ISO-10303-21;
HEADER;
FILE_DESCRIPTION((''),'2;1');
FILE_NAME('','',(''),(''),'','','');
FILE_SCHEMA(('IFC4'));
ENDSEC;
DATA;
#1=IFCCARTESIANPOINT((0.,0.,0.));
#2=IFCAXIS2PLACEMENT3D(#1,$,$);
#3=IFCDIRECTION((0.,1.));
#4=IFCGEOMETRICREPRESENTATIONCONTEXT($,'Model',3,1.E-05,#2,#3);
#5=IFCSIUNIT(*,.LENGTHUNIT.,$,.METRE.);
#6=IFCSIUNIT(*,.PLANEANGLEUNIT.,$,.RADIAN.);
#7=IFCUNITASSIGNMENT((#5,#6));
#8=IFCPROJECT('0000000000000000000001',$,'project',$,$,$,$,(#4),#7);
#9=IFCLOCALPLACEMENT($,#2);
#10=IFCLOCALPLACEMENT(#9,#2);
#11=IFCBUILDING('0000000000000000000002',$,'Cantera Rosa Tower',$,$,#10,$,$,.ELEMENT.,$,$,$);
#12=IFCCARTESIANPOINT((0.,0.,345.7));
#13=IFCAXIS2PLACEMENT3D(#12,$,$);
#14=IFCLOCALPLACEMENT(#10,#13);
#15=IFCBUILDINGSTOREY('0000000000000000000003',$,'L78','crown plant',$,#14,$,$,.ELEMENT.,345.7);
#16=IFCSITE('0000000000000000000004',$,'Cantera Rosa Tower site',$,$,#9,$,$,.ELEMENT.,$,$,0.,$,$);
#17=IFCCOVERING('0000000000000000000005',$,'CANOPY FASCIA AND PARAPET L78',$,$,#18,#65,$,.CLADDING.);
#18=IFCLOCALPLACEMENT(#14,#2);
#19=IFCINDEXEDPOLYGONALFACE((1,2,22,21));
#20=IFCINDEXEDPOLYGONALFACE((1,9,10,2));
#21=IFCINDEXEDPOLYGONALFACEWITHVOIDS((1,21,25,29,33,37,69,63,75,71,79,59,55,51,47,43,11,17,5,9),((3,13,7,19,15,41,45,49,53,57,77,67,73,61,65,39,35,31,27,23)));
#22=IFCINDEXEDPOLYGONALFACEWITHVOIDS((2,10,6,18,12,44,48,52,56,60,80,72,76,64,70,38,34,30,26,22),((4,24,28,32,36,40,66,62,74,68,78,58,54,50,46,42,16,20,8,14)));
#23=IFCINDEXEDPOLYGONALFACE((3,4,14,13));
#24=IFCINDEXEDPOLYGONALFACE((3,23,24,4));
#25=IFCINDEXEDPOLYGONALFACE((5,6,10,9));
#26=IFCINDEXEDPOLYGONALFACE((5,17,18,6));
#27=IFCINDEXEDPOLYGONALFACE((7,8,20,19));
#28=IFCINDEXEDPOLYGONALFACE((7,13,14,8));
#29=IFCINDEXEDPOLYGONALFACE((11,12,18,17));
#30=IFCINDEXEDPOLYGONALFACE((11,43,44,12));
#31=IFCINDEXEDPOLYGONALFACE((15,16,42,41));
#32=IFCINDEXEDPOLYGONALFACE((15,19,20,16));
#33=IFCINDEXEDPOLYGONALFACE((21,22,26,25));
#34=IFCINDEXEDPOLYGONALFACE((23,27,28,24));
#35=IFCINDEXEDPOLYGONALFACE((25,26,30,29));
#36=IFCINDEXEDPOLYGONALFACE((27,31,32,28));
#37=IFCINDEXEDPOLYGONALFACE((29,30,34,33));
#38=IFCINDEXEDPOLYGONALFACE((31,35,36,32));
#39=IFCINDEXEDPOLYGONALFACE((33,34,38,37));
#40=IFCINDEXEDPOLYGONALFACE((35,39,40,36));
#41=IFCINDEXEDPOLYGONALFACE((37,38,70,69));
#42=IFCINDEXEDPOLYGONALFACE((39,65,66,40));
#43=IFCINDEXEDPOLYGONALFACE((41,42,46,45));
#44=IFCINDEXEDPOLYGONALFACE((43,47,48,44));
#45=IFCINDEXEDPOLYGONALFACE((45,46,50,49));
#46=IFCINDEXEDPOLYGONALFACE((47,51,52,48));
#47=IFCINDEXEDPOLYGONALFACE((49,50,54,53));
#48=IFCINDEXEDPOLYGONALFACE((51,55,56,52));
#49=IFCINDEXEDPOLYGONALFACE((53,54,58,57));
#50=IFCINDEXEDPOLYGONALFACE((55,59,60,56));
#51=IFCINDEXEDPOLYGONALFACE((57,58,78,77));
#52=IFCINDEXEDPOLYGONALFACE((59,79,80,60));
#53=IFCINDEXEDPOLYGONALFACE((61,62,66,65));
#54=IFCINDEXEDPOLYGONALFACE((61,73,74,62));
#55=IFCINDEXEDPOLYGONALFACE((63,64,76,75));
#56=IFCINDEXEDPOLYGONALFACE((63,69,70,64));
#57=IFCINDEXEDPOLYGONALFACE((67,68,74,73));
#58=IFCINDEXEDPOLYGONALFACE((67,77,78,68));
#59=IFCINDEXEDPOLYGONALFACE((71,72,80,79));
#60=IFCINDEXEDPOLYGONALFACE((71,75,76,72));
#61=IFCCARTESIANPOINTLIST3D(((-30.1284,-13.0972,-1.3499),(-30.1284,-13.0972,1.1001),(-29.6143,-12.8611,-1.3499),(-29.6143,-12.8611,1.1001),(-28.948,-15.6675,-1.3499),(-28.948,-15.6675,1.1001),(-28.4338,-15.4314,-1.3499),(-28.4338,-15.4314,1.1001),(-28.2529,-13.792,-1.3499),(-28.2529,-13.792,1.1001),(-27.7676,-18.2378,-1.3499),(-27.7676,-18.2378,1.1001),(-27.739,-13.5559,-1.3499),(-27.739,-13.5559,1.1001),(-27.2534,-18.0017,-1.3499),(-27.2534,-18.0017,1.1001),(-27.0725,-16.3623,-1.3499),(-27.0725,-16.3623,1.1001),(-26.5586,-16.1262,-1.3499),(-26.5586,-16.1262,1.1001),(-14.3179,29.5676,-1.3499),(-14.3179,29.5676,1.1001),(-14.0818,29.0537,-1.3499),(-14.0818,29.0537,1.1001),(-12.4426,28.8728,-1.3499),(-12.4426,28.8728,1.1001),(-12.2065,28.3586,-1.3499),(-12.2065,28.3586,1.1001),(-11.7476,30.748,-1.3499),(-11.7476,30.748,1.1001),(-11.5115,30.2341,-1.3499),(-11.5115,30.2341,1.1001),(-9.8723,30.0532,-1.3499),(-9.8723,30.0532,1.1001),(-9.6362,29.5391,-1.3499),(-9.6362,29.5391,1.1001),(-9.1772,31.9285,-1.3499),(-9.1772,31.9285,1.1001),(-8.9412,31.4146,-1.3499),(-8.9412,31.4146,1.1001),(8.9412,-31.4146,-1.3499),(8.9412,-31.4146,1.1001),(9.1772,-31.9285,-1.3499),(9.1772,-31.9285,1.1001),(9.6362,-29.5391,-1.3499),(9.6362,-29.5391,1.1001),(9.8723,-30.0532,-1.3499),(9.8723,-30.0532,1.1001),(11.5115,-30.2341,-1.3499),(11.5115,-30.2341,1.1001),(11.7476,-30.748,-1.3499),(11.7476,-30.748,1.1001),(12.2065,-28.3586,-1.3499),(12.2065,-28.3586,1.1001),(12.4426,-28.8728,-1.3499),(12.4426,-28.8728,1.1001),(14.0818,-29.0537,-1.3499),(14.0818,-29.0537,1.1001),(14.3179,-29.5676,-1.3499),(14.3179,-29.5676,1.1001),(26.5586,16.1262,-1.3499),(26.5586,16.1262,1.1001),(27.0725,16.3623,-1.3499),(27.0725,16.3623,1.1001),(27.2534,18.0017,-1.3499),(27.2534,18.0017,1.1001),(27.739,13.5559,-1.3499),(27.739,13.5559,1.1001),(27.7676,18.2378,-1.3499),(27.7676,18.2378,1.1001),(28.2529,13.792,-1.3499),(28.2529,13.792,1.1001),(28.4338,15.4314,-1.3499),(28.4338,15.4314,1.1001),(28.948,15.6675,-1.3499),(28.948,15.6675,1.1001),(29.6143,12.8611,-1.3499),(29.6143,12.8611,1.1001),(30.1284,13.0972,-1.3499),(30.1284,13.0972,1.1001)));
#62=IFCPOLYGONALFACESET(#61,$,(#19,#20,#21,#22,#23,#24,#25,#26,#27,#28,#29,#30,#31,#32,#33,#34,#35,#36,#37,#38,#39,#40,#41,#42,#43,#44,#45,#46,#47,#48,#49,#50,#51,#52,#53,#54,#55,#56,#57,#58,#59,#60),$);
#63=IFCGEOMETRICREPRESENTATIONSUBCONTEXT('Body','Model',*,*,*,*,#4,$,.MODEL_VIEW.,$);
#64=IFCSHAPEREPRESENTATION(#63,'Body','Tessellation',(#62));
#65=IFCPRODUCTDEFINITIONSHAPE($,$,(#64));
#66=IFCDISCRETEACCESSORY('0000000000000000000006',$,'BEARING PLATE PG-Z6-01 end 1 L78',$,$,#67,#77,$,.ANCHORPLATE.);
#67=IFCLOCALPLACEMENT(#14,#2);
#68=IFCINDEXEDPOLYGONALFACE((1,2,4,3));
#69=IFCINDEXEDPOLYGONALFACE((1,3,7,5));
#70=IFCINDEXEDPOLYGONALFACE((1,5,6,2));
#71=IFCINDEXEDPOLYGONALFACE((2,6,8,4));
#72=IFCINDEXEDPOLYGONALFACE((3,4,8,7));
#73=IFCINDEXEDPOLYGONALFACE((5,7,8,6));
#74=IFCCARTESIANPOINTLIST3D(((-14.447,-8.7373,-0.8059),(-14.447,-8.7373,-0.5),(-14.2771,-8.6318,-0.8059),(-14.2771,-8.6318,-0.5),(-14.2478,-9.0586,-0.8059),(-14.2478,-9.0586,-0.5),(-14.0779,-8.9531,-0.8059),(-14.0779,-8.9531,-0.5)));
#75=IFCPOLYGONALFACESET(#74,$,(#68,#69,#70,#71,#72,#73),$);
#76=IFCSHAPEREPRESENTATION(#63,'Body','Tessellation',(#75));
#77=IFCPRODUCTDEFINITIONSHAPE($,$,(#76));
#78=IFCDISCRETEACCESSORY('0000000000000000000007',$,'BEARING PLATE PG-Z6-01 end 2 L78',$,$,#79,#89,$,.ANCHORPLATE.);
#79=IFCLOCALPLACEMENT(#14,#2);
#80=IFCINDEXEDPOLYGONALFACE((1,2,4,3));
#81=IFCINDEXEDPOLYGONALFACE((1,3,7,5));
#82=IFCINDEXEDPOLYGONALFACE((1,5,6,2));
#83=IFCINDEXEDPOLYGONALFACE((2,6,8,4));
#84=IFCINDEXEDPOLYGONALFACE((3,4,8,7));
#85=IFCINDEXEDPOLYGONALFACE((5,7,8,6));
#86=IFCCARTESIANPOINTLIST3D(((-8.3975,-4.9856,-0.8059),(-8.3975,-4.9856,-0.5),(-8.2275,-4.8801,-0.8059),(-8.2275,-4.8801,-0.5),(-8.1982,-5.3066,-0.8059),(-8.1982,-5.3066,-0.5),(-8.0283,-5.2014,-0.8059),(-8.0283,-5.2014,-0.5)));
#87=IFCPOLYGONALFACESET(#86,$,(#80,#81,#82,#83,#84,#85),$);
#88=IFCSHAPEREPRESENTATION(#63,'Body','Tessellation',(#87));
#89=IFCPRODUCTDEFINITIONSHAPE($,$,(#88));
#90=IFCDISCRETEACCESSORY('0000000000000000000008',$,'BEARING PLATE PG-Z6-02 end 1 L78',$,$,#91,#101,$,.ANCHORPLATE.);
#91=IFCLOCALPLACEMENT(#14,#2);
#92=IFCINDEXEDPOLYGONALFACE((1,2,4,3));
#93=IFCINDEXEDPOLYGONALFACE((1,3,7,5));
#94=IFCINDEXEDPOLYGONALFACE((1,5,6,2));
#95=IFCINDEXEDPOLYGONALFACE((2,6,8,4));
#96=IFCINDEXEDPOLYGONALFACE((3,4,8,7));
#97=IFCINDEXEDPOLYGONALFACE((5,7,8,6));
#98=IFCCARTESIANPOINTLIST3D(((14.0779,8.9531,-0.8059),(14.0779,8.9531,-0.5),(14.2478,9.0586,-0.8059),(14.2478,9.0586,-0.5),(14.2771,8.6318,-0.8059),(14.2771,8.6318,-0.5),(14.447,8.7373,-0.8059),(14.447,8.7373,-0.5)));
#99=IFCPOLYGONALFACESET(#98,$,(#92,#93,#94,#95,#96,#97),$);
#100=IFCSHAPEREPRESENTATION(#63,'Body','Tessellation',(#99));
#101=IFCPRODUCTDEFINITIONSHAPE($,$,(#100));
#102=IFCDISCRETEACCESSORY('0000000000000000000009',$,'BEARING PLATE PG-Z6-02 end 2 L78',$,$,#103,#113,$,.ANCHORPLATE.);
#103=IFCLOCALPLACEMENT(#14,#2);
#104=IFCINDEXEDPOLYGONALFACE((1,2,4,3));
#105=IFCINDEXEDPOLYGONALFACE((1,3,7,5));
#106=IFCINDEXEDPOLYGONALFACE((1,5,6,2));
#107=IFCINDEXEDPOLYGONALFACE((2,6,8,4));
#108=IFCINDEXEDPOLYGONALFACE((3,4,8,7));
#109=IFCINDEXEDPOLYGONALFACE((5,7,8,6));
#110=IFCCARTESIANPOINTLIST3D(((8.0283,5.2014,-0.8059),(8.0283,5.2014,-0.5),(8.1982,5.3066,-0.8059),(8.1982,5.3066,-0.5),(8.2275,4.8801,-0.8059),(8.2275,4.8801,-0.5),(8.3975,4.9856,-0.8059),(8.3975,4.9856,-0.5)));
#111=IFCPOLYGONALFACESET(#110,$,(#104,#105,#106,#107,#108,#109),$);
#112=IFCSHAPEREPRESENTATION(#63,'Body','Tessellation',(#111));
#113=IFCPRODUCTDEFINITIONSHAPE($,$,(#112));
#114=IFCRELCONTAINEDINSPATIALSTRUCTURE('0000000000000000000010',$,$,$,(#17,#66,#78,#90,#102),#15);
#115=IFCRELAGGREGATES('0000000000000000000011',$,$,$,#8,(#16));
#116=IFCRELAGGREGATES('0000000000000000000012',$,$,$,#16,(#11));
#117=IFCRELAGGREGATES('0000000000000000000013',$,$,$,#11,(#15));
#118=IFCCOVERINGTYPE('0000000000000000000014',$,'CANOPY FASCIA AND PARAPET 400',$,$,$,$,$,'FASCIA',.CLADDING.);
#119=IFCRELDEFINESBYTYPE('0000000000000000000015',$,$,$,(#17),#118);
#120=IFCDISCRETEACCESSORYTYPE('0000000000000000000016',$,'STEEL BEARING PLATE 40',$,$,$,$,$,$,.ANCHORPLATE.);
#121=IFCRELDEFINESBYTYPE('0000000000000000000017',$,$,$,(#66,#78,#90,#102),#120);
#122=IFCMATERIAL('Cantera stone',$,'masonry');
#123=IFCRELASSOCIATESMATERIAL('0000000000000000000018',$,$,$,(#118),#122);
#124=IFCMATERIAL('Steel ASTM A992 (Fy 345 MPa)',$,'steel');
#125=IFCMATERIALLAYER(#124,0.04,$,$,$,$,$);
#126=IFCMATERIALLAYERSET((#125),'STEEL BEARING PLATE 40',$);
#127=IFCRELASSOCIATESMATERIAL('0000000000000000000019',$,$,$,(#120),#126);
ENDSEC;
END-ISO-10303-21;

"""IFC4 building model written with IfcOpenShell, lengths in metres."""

from ifc_helpers import new_model, si_unit, direction, frame, origin, place, context, subcontext, project, spatial, polyline, outline, extrude, material, layer, layer_set, type_object, element, save


model = new_model("IFC4")

# Units and contexts
model_context = context("Model", 3, precision=1e-05, world=origin(), true_north=direction((0.0, 1.0)))
body_context = subcontext(model_context, "Body", "Model", "MODEL_VIEW")
ifc_project = project(units=[si_unit("LENGTHUNIT", "METRE"), si_unit("PLANEANGLEUNIT", "RADIAN")], contexts=[model_context])

# Site, building, storey
site_placement = place(None, origin())
site = spatial("IfcSite", under=ifc_project, at=site_placement, Name="Cantera Rosa Tower site", CompositionType="ELEMENT", RefElevation=0.0)
building_placement = place(site_placement, origin())
building = spatial("IfcBuilding", under=site, at=building_placement, Name="Cantera Rosa Tower", CompositionType="ELEMENT")
storey_placement = place(building_placement, frame((0.0, 0.0, 345.7)))
storey = spatial("IfcBuildingStorey", under=building, at=storey_placement, Name="L78", Description="crown plant", CompositionType="ELEMENT", Elevation=345.7)

# Covering
ifc_material_1 = material(Name="Cantera stone", Category="masonry")
covering_type = type_object("IfcCoveringType", Name="CANOPY FASCIA AND PARAPET 400", ElementType="FASCIA", PredefinedType="CLADDING", material=ifc_material_1)
covering_placement = place(storey_placement, frame((0.0, 0.0, -1.3499)))
element("IfcCovering", 1, at=covering_placement, inside=storey, type_object=covering_type, Name="CANOPY FASCIA AND PARAPET L78", PredefinedType="CLADDING", context=body_context, shape_type="SweptSolid", body=[
    extrude(outline(polyline([(-30.1284, -13.0972), (-14.3179, 29.5676), (-12.4426, 28.8728), (-11.7476, 30.748), (-9.8723, 30.0532), (-9.1772, 31.9285), (27.7676, 18.2378), (27.0725, 16.3623), (28.948, 15.6675), (28.2529, 13.792), (30.1284, 13.0972), (14.3179, -29.5676), (12.4426, -28.8728), (11.7476, -30.748), (9.8723, -30.0532), (9.1772, -31.9285), (-27.7676, -18.2378), (-27.0725, -16.3623), (-28.948, -15.6675), (-28.2529, -13.792), (-30.1284, -13.0972)]), holes=[polyline([(-28.4338, -15.4314), (-26.5586, -16.1262), (-27.2534, -18.0017), (8.9412, -31.4146), (9.6362, -29.5391), (11.5115, -30.2341), (12.2065, -28.3586), (14.0818, -29.0537), (29.6143, 12.8611), (27.739, 13.5559), (28.4338, 15.4314), (26.5586, 16.1262), (27.2534, 18.0017), (-8.9412, 31.4146), (-9.6362, 29.5391), (-11.5115, 30.2341), (-12.2065, 28.3586), (-14.0818, 29.0537), (-29.6143, -12.8611), (-27.739, -13.5559), (-28.4338, -15.4314)])]), origin(), (0.0, 0.0, 1.0), 2.45),
])

# Discrete accessories
ifc_material_2 = material(Name="Steel ASTM A992 (Fy 345 MPa)", Category="steel")
ifc_layer_1 = layer(ifc_material_2, 0.04)
ifc_layer_set_1 = layer_set([ifc_layer_1], Name="STEEL BEARING PLATE 40")
discrete_accessory_type = type_object("IfcDiscreteAccessoryType", Name="STEEL BEARING PLATE 40", PredefinedType="ANCHORPLATE", material=ifc_layer_set_1)
discrete_accessory_1_placement = place(storey_placement, frame((0.0, 0.0, -0.8059)))
element("IfcDiscreteAccessory", 2, at=discrete_accessory_1_placement, inside=storey, type_object=discrete_accessory_type, Name="BEARING PLATE PG-Z6-01 end 1 L78", PredefinedType="ANCHORPLATE", context=body_context, shape_type="SweptSolid", body=[
    extrude(outline(polyline([(-14.2771, -8.6318), (-14.447, -8.7373), (-14.2478, -9.0586), (-14.0779, -8.9531), (-14.2771, -8.6318)])), origin(), (0.0, 0.0, 1.0), 0.3059),
])
discrete_accessory_2_placement = place(storey_placement, frame((0.0, 0.0, -0.8059)))
element("IfcDiscreteAccessory", 3, at=discrete_accessory_2_placement, inside=storey, type_object=discrete_accessory_type, Name="BEARING PLATE PG-Z6-01 end 2 L78", PredefinedType="ANCHORPLATE", context=body_context, shape_type="SweptSolid", body=[
    extrude(outline(polyline([(-8.1982, -5.3066), (-8.0283, -5.2014), (-8.2275, -4.8801), (-8.3975, -4.9856), (-8.1982, -5.3066)])), origin(), (0.0, 0.0, 1.0), 0.3059),
])
discrete_accessory_3_placement = place(storey_placement, frame((0.0, 0.0, -0.8059)))
element("IfcDiscreteAccessory", 4, at=discrete_accessory_3_placement, inside=storey, type_object=discrete_accessory_type, Name="BEARING PLATE PG-Z6-02 end 1 L78", PredefinedType="ANCHORPLATE", context=body_context, shape_type="SweptSolid", body=[
    extrude(outline(polyline([(14.2771, 8.6318), (14.447, 8.7373), (14.2478, 9.0586), (14.0779, 8.9531), (14.2771, 8.6318)])), origin(), (0.0, 0.0, 1.0), 0.3059),
])
discrete_accessory_4_placement = place(storey_placement, frame((0.0, 0.0, -0.8059)))
element("IfcDiscreteAccessory", 5, at=discrete_accessory_4_placement, inside=storey, type_object=discrete_accessory_type, Name="BEARING PLATE PG-Z6-02 end 2 L78", PredefinedType="ANCHORPLATE", context=body_context, shape_type="SweptSolid", body=[
    extrude(outline(polyline([(8.1982, 5.3066), (8.0283, 5.2014), (8.2275, 4.8801), (8.3975, 4.9856), (8.1982, 5.3066)])), origin(), (0.0, 0.0, 1.0), 0.3059),
])

save(model, "model.ifc")
